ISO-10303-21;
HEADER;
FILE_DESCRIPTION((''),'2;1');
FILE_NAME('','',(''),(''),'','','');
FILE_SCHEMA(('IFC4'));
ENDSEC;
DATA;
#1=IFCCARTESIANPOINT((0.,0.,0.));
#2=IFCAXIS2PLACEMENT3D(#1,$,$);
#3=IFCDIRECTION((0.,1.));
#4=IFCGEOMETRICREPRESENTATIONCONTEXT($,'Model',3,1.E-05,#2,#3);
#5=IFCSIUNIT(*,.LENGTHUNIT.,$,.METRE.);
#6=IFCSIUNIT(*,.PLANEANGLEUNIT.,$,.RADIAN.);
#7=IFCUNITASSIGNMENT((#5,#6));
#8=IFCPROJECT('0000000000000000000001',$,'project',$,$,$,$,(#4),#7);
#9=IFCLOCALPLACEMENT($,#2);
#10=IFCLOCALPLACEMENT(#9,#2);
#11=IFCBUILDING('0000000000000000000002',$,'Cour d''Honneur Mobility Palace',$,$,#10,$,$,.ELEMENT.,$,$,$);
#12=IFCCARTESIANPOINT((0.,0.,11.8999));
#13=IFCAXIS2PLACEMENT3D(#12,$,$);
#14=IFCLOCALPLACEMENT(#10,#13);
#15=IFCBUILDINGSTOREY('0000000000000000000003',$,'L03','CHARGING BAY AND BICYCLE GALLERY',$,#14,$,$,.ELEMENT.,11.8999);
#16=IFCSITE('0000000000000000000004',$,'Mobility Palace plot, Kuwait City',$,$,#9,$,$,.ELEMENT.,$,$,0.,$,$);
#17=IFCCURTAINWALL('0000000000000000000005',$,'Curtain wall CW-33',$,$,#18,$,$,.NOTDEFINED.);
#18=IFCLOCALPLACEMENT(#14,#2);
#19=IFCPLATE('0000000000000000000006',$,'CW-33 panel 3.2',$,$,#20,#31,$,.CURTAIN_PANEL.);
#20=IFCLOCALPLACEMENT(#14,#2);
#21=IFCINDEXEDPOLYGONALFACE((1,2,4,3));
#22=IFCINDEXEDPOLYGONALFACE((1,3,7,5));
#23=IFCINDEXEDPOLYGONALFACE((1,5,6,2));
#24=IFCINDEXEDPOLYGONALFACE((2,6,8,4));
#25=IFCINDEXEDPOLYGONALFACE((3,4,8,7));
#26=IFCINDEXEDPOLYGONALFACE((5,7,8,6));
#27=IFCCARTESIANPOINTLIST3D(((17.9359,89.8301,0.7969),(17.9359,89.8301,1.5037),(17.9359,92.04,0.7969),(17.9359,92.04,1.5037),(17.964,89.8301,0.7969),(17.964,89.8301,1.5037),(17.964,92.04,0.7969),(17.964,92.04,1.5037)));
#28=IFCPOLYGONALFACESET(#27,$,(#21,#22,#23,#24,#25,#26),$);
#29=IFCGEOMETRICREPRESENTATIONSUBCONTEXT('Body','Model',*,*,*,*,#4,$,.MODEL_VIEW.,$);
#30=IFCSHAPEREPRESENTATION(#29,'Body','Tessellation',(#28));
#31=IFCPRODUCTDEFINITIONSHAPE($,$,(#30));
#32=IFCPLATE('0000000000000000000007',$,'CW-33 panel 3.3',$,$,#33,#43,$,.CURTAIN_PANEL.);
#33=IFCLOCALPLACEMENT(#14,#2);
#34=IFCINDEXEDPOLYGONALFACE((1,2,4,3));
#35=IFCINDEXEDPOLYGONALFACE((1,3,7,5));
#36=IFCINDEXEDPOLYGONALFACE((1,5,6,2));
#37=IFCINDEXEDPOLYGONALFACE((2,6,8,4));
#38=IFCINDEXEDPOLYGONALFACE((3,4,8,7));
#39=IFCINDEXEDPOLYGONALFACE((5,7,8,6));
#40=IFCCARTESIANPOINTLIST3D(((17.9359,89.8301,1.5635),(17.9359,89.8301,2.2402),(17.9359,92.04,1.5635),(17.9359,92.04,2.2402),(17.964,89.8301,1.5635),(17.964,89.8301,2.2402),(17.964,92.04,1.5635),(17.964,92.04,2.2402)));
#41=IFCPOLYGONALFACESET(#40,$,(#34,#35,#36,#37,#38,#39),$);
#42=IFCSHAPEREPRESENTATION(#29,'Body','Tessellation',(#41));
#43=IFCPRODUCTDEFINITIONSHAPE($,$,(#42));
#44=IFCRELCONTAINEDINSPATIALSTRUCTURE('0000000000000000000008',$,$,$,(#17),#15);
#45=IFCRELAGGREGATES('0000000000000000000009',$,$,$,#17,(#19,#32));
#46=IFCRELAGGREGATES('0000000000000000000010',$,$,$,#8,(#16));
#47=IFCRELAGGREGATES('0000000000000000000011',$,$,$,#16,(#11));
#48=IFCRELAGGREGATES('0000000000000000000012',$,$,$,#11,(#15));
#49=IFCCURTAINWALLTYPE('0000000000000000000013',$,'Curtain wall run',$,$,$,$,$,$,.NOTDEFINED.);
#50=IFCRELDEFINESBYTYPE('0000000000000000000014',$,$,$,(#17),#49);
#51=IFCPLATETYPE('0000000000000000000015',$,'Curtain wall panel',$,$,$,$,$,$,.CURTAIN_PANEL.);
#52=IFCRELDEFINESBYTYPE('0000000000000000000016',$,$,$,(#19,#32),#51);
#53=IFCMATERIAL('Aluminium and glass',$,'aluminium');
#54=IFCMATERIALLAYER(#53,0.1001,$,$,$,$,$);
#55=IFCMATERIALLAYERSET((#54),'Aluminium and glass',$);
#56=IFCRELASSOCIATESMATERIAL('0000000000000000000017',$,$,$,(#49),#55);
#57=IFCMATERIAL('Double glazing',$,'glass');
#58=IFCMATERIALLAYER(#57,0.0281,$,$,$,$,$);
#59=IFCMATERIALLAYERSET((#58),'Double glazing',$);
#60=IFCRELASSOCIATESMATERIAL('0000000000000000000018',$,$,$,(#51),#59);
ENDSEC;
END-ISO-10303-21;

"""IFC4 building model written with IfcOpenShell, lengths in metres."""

from ifc_helpers import new_model, si_unit, direction, frame, origin, origin_2d, place, context, subcontext, project, spatial, rectangle, extrude, material, layer, layer_set, type_object, element, aggregate, save


model = new_model("IFC4")

# Units and contexts
model_context = context("Model", 3, precision=1e-05, world=origin(), true_north=direction((0.0, 1.0)))
body_context = subcontext(model_context, "Body", "Model", "MODEL_VIEW")
ifc_project = project(units=[si_unit("LENGTHUNIT", "METRE"), si_unit("PLANEANGLEUNIT", "RADIAN")], contexts=[model_context])

# Site, building, storey
site_placement = place(None, origin())
site = spatial("IfcSite", under=ifc_project, at=site_placement, Name="Mobility Palace plot, Kuwait City", CompositionType="ELEMENT", RefElevation=0.0)
building_placement = place(site_placement, origin())
building = spatial("IfcBuilding", under=site, at=building_placement, Name="Cour d'Honneur Mobility Palace", CompositionType="ELEMENT")
storey_placement = place(building_placement, frame((0.0, 0.0, 11.8999)))
storey = spatial("IfcBuildingStorey", under=building, at=storey_placement, Name="L03", Description="CHARGING BAY AND BICYCLE GALLERY", CompositionType="ELEMENT", Elevation=11.8999)

# Shared definitions
ifc_material_1 = material(Name="Aluminium and glass", Category="aluminium")
ifc_layer_1 = layer(ifc_material_1, 0.1001)
ifc_layer_set_1 = layer_set([ifc_layer_1], Name="Aluminium and glass")
curtain_wall_type = type_object("IfcCurtainWallType", Name="Curtain wall run", PredefinedType="NOTDEFINED", material=ifc_layer_set_1)

# Curtain wall
curtain_wall_1_placement = place(storey_placement, origin())
curtain_wall_1 = element("IfcCurtainWall", 1, at=curtain_wall_1_placement, inside=storey, type_object=curtain_wall_type, Name="Curtain wall CW-33", PredefinedType="NOTDEFINED")

# Plates
ifc_material_2 = material(Name="Double glazing", Category="glass")
ifc_layer_2 = layer(ifc_material_2, 0.0281)
ifc_layer_set_2 = layer_set([ifc_layer_2], Name="Double glazing")
plate_type = type_object("IfcPlateType", Name="Curtain wall panel", PredefinedType="CURTAIN_PANEL", material=ifc_layer_set_2)
plate_1_placement = place(storey_placement, frame((17.95, 90.9351, 0.7969), z_axis=(0.0, 0.0, 1.0), x_axis=(0.0, 1.0, 0.0)))
plate_1 = element("IfcPlate", 2, at=plate_1_placement, type_object=plate_type, Name="CW-33 panel 3.2", PredefinedType="CURTAIN_PANEL", context=body_context, shape_type="SweptSolid", body=[
    extrude(rectangle(XDim=2.21, YDim=0.0281, at=origin_2d()), origin(), (0.0, 0.0, 1.0), 0.7068),
])
plate_2_placement = place(storey_placement, frame((17.95, 90.9351, 1.5635), z_axis=(0.0, 0.0, 1.0), x_axis=(0.0, 1.0, 0.0)))
plate_2 = element("IfcPlate", 3, at=plate_2_placement, type_object=plate_type, Name="CW-33 panel 3.3", PredefinedType="CURTAIN_PANEL", context=body_context, shape_type="SweptSolid", body=[
    extrude(rectangle(XDim=2.21, YDim=0.0281, at=origin_2d()), origin(), (0.0, 0.0, 1.0), 0.6768),
])
aggregate(curtain_wall_1, [plate_1, plate_2])

save(model, "model.ifc")
